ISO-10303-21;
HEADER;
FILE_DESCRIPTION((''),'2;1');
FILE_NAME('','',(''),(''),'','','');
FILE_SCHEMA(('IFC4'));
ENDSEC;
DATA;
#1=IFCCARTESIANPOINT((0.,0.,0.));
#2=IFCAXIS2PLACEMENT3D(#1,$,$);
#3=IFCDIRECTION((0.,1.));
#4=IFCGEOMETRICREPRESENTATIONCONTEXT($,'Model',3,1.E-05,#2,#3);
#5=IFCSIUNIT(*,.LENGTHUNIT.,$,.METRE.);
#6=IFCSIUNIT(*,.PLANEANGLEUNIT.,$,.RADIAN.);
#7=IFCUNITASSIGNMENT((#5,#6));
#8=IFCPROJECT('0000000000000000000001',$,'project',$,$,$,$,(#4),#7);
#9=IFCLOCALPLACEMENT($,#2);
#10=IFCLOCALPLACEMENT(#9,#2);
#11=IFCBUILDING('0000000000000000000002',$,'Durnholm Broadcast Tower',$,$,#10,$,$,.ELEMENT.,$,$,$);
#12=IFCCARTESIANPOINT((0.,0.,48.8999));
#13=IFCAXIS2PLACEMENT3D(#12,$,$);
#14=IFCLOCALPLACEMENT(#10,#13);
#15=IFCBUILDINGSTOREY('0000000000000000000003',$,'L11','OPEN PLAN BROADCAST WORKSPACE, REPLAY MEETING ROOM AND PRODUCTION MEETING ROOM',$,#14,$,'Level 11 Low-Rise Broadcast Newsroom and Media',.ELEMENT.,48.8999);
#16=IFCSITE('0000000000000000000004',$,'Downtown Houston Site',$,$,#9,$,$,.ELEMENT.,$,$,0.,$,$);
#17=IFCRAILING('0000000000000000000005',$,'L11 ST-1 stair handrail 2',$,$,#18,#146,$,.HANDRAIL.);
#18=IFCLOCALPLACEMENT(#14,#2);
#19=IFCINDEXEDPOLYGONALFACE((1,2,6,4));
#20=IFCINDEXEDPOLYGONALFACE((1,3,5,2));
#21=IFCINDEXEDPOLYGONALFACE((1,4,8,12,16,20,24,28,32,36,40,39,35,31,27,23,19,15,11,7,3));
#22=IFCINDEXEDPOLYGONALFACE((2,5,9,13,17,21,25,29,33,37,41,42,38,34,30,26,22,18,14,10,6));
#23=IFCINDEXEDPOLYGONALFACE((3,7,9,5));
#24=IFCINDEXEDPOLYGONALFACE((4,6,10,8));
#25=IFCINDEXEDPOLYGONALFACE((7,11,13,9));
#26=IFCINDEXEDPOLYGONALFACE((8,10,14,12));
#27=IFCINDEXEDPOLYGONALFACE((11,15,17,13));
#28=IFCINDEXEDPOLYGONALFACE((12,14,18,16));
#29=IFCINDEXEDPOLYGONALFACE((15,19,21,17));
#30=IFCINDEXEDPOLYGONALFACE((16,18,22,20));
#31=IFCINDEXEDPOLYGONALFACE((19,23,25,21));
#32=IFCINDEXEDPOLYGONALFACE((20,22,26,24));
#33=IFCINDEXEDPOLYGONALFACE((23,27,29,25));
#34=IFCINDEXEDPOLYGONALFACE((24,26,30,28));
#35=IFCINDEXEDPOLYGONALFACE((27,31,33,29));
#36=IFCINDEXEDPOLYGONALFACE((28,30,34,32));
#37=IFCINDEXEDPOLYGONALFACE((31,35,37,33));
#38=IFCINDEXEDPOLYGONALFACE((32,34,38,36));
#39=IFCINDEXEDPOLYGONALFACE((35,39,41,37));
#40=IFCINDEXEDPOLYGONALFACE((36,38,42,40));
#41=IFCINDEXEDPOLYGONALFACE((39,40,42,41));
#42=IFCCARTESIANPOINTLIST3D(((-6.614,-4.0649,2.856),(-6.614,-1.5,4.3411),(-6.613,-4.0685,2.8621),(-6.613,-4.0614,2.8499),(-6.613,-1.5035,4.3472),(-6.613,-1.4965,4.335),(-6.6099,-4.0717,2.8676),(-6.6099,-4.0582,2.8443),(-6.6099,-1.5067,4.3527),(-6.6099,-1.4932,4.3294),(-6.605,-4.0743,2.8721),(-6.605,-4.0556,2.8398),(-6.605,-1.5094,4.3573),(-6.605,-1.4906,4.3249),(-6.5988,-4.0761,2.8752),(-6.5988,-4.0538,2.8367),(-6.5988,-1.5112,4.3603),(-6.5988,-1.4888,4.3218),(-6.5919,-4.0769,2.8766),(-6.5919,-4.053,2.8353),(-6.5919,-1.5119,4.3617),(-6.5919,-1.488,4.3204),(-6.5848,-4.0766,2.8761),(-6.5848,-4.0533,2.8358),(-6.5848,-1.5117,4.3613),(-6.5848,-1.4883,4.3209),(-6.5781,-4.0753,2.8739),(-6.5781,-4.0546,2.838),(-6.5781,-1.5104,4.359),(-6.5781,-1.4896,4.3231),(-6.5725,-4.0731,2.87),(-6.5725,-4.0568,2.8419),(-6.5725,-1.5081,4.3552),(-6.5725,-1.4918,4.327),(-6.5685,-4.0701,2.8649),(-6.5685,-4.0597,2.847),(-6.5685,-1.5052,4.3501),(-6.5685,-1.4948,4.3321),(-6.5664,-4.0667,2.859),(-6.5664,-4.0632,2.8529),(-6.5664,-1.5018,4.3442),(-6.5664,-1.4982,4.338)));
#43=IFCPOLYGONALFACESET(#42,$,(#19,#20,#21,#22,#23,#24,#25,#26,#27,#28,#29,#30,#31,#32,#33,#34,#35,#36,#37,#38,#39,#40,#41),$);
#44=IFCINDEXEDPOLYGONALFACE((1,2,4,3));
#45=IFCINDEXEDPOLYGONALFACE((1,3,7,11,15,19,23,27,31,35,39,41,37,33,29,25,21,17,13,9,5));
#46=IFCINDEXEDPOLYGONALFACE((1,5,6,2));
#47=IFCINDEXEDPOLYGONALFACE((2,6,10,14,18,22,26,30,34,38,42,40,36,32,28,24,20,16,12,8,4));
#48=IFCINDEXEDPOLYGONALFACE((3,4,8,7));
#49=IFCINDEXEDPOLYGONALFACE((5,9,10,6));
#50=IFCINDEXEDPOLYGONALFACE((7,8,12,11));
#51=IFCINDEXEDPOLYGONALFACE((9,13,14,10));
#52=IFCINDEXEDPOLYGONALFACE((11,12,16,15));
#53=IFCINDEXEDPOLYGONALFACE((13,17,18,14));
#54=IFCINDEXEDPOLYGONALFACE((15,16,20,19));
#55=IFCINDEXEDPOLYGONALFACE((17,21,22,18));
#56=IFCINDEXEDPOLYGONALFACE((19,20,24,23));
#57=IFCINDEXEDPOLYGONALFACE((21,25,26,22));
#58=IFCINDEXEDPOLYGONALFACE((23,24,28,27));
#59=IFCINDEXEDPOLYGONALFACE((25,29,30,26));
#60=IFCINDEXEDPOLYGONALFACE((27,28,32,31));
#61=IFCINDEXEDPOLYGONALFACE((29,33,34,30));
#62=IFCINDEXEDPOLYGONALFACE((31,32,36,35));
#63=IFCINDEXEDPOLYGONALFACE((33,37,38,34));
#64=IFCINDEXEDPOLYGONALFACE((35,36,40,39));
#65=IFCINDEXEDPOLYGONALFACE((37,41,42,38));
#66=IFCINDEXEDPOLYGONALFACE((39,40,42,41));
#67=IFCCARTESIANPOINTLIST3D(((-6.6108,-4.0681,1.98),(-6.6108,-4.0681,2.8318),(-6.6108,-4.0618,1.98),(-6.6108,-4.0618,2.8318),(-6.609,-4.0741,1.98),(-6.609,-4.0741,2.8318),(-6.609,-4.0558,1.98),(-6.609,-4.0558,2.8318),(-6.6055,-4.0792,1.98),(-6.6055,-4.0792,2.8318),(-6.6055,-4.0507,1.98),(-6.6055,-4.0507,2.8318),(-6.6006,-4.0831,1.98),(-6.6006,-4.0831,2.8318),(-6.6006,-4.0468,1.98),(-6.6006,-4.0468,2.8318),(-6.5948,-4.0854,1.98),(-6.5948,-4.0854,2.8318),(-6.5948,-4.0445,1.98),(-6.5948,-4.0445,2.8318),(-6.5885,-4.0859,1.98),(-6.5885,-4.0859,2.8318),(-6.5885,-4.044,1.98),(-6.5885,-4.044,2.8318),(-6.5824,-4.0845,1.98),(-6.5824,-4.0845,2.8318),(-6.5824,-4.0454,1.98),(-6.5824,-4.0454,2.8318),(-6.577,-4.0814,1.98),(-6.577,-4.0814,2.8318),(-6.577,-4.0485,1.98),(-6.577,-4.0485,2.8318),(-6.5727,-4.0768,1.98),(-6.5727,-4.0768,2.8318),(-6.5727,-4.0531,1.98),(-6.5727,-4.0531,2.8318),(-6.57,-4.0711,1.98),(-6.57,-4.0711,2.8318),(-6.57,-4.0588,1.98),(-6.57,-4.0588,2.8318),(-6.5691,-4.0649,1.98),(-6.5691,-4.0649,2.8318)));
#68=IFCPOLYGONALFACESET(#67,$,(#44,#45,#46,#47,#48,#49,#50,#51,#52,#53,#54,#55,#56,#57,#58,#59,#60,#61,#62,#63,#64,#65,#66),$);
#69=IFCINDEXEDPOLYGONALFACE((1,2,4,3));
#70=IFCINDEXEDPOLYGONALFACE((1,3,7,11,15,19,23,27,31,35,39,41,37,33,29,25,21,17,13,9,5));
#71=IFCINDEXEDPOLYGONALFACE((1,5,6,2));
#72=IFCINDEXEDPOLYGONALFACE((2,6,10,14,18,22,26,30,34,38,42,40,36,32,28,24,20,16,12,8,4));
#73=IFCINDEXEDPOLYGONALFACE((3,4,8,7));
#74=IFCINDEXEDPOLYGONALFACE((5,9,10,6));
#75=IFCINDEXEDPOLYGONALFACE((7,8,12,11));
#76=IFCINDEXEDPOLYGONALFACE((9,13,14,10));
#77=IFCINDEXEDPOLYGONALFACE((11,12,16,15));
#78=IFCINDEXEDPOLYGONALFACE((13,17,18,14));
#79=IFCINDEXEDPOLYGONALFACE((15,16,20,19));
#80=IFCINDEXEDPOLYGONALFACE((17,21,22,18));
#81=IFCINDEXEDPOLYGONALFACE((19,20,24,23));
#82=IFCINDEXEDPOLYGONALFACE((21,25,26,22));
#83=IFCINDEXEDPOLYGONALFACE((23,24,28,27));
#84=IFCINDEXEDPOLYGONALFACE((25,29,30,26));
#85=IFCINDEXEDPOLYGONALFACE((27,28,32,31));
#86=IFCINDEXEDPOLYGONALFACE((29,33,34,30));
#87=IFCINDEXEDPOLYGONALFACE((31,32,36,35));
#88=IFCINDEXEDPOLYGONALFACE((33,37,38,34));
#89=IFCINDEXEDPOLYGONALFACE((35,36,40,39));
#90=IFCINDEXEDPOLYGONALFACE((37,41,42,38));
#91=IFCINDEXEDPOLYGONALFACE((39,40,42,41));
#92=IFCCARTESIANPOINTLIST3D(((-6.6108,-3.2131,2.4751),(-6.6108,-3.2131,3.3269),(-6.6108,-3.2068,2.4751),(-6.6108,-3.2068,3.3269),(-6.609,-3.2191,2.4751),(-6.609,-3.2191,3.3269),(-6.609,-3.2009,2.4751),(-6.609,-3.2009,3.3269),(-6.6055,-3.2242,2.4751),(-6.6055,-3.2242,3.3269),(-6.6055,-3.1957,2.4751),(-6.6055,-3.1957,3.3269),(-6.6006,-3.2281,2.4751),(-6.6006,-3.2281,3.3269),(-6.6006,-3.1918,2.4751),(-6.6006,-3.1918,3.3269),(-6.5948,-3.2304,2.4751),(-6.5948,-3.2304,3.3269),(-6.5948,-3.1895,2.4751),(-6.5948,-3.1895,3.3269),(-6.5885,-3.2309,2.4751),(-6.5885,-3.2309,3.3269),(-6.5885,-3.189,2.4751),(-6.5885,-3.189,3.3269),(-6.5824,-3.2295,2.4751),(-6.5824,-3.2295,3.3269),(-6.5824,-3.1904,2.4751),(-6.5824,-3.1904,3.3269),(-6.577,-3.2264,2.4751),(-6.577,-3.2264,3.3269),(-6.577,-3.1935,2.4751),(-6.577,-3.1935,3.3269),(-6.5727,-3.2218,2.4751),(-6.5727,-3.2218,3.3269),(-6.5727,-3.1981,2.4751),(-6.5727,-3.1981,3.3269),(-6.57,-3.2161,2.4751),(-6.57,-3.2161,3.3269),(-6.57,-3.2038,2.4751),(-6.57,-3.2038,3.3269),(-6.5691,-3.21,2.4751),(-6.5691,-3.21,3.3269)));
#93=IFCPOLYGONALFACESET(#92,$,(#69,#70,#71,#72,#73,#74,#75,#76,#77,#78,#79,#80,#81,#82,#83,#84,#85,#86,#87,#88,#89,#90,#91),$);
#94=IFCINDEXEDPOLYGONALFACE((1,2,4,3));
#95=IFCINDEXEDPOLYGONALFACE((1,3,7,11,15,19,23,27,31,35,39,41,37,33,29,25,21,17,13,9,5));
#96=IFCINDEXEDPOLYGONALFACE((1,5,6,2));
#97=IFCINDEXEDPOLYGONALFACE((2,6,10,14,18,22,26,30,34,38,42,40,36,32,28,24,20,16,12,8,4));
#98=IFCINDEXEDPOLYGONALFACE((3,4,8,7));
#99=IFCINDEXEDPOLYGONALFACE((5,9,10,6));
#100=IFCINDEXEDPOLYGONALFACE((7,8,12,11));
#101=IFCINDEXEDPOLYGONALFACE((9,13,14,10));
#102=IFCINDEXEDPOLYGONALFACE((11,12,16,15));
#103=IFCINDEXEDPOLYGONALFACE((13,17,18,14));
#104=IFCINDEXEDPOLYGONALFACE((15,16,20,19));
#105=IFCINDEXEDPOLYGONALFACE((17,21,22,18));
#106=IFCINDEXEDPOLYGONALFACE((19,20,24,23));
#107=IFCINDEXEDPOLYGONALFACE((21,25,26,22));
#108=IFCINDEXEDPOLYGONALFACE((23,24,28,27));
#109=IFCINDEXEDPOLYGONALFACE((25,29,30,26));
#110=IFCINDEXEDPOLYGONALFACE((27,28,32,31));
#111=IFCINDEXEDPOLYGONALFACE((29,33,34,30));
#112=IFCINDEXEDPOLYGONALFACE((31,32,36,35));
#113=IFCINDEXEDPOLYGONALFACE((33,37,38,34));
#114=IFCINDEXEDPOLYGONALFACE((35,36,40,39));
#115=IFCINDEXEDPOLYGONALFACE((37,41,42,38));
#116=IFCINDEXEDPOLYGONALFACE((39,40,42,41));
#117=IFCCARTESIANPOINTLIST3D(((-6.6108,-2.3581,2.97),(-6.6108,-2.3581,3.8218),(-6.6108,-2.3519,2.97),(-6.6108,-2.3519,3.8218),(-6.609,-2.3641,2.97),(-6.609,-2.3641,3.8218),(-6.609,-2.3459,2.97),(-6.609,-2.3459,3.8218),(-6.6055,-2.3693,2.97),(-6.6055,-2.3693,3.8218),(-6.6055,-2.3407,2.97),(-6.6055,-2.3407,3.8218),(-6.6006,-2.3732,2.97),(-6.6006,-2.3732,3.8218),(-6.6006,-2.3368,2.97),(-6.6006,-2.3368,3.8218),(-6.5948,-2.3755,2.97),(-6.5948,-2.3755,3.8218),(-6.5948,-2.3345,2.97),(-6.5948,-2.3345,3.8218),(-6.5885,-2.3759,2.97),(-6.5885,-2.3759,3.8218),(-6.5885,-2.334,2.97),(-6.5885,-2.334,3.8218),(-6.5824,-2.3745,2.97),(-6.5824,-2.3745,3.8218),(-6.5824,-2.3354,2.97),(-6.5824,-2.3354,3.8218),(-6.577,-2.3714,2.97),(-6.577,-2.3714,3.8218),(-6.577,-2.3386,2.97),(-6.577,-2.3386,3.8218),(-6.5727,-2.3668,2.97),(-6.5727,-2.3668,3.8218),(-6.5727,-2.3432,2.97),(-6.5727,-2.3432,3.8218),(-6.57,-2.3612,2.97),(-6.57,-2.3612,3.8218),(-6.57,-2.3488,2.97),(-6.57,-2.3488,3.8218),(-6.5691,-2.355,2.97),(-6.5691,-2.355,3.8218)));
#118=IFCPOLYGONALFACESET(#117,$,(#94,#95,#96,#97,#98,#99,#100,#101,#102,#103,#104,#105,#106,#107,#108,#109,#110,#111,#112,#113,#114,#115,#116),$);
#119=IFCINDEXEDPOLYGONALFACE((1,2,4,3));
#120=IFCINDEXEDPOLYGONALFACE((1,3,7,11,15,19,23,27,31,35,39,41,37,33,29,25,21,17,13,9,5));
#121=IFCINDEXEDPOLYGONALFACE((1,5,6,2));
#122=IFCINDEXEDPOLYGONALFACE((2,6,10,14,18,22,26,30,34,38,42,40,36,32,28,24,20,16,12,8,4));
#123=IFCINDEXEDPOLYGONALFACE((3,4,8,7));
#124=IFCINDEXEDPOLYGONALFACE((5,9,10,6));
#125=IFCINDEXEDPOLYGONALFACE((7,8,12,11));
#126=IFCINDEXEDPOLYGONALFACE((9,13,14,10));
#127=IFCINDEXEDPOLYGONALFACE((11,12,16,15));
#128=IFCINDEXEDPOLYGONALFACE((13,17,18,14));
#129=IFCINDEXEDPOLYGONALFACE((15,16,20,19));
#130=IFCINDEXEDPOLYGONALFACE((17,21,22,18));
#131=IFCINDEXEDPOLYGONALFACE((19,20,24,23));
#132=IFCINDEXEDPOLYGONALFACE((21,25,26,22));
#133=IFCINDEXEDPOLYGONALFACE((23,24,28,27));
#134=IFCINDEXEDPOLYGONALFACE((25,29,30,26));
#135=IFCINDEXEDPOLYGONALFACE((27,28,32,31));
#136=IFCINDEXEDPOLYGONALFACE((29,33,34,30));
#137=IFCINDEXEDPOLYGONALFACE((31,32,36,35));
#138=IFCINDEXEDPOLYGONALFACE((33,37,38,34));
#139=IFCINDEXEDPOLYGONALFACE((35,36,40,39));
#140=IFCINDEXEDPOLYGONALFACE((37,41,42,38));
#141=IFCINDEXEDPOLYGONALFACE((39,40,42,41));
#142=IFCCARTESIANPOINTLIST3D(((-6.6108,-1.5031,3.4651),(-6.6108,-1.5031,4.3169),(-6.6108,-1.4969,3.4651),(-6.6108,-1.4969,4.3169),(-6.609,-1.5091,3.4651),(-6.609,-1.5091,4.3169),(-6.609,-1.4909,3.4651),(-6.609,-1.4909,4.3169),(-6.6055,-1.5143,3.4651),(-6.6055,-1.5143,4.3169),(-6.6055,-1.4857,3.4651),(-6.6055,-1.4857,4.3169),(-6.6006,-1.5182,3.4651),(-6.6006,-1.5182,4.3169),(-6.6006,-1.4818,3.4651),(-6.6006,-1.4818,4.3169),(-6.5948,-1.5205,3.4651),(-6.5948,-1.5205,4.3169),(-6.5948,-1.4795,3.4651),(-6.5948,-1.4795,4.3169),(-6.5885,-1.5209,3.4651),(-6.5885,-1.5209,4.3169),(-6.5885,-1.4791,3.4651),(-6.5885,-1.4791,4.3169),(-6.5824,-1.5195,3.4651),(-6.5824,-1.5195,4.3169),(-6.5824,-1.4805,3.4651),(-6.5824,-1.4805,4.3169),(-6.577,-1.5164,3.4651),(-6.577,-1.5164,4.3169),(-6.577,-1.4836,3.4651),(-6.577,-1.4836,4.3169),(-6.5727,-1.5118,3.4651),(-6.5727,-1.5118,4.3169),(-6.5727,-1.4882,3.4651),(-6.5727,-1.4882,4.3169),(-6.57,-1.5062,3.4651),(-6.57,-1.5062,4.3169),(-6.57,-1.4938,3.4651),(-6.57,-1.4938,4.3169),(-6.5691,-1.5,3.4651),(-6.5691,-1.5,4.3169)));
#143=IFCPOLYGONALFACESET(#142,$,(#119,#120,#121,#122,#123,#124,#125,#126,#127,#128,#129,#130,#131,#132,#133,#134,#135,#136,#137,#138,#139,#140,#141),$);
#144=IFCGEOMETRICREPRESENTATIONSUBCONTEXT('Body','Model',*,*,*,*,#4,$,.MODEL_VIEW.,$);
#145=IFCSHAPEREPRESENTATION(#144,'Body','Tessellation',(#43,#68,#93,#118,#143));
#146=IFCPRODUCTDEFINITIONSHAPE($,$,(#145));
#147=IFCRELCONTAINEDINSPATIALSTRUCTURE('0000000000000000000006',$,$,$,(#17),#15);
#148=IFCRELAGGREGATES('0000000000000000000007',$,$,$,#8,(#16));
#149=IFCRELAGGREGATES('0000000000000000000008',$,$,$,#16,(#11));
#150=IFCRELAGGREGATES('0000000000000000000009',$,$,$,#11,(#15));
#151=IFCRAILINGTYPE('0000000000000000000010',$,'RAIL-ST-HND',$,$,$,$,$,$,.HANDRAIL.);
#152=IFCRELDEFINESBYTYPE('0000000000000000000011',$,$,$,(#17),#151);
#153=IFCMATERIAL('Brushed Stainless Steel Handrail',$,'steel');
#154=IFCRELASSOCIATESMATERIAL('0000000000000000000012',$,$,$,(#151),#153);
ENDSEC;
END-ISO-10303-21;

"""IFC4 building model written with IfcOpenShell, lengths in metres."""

from ifc_helpers import new_model, si_unit, direction, frame, origin, origin_2d, place, context, subcontext, project, spatial, circle, extrude, material, type_object, element, save


model = new_model("IFC4")

# Units and contexts
model_context = context("Model", 3, precision=1e-05, world=origin(), true_north=direction((0.0, 1.0)))
body_context = subcontext(model_context, "Body", "Model", "MODEL_VIEW")
ifc_project = project(units=[si_unit("LENGTHUNIT", "METRE"), si_unit("PLANEANGLEUNIT", "RADIAN")], contexts=[model_context])

# Site, building, storey
site_placement = place(None, origin())
site = spatial("IfcSite", under=ifc_project, at=site_placement, Name="Downtown Houston Site", CompositionType="ELEMENT", RefElevation=0.0)
building_placement = place(site_placement, origin())
building = spatial("IfcBuilding", under=site, at=building_placement, Name="Durnholm Broadcast Tower", CompositionType="ELEMENT")
storey_placement = place(building_placement, frame((0.0, 0.0, 48.8999)))
storey = spatial("IfcBuildingStorey", under=building, at=storey_placement, Name="L11", Description="OPEN PLAN BROADCAST WORKSPACE, REPLAY MEETING ROOM AND PRODUCTION MEETING ROOM", LongName="Level 11 Low-Rise Broadcast Newsroom and Media", CompositionType="ELEMENT", Elevation=48.8999)

# Railing
ifc_material_1 = material(Name="Brushed Stainless Steel Handrail", Category="steel")
railing_type_1 = type_object("IfcRailingType", Name="RAIL-ST-HND", PredefinedType="HANDRAIL", material=ifc_material_1)
railing_1_placement = place(storey_placement, frame((-6.5901, -4.0649, 1.98)))
element("IfcRailing", 1, at=railing_1_placement, inside=storey, type_object=railing_type_1, Name="L11 ST-1 stair handrail 2", PredefinedType="HANDRAIL", context=body_context, shape_type="SweptSolid", body=[
    extrude(circle(Radius=0.0239, at=origin_2d()), frame((0.0, 0.0, 0.876), z_axis=(0.0, 0.865406, 0.501072), x_axis=(-1.0, 0.0, 0.0)), (0.0, 0.0, 1.0), 2.9639),
    extrude(circle(Radius=0.021, at=origin_2d()), origin(), (0.0, 0.0, 1.0), 0.8518),
    extrude(circle(Radius=0.021, at=origin_2d()), frame((0.0, 0.855, 0.4951)), (0.0, 0.0, 1.0), 0.8518),
    extrude(circle(Radius=0.021, at=origin_2d()), frame((0.0, 1.71, 0.99)), (0.0, 0.0, 1.0), 0.8518),
    extrude(circle(Radius=0.021, at=origin_2d()), frame((0.0, 2.5649, 1.4851)), (0.0, 0.0, 1.0), 0.8518),
])

save(model, "model.ifc")
